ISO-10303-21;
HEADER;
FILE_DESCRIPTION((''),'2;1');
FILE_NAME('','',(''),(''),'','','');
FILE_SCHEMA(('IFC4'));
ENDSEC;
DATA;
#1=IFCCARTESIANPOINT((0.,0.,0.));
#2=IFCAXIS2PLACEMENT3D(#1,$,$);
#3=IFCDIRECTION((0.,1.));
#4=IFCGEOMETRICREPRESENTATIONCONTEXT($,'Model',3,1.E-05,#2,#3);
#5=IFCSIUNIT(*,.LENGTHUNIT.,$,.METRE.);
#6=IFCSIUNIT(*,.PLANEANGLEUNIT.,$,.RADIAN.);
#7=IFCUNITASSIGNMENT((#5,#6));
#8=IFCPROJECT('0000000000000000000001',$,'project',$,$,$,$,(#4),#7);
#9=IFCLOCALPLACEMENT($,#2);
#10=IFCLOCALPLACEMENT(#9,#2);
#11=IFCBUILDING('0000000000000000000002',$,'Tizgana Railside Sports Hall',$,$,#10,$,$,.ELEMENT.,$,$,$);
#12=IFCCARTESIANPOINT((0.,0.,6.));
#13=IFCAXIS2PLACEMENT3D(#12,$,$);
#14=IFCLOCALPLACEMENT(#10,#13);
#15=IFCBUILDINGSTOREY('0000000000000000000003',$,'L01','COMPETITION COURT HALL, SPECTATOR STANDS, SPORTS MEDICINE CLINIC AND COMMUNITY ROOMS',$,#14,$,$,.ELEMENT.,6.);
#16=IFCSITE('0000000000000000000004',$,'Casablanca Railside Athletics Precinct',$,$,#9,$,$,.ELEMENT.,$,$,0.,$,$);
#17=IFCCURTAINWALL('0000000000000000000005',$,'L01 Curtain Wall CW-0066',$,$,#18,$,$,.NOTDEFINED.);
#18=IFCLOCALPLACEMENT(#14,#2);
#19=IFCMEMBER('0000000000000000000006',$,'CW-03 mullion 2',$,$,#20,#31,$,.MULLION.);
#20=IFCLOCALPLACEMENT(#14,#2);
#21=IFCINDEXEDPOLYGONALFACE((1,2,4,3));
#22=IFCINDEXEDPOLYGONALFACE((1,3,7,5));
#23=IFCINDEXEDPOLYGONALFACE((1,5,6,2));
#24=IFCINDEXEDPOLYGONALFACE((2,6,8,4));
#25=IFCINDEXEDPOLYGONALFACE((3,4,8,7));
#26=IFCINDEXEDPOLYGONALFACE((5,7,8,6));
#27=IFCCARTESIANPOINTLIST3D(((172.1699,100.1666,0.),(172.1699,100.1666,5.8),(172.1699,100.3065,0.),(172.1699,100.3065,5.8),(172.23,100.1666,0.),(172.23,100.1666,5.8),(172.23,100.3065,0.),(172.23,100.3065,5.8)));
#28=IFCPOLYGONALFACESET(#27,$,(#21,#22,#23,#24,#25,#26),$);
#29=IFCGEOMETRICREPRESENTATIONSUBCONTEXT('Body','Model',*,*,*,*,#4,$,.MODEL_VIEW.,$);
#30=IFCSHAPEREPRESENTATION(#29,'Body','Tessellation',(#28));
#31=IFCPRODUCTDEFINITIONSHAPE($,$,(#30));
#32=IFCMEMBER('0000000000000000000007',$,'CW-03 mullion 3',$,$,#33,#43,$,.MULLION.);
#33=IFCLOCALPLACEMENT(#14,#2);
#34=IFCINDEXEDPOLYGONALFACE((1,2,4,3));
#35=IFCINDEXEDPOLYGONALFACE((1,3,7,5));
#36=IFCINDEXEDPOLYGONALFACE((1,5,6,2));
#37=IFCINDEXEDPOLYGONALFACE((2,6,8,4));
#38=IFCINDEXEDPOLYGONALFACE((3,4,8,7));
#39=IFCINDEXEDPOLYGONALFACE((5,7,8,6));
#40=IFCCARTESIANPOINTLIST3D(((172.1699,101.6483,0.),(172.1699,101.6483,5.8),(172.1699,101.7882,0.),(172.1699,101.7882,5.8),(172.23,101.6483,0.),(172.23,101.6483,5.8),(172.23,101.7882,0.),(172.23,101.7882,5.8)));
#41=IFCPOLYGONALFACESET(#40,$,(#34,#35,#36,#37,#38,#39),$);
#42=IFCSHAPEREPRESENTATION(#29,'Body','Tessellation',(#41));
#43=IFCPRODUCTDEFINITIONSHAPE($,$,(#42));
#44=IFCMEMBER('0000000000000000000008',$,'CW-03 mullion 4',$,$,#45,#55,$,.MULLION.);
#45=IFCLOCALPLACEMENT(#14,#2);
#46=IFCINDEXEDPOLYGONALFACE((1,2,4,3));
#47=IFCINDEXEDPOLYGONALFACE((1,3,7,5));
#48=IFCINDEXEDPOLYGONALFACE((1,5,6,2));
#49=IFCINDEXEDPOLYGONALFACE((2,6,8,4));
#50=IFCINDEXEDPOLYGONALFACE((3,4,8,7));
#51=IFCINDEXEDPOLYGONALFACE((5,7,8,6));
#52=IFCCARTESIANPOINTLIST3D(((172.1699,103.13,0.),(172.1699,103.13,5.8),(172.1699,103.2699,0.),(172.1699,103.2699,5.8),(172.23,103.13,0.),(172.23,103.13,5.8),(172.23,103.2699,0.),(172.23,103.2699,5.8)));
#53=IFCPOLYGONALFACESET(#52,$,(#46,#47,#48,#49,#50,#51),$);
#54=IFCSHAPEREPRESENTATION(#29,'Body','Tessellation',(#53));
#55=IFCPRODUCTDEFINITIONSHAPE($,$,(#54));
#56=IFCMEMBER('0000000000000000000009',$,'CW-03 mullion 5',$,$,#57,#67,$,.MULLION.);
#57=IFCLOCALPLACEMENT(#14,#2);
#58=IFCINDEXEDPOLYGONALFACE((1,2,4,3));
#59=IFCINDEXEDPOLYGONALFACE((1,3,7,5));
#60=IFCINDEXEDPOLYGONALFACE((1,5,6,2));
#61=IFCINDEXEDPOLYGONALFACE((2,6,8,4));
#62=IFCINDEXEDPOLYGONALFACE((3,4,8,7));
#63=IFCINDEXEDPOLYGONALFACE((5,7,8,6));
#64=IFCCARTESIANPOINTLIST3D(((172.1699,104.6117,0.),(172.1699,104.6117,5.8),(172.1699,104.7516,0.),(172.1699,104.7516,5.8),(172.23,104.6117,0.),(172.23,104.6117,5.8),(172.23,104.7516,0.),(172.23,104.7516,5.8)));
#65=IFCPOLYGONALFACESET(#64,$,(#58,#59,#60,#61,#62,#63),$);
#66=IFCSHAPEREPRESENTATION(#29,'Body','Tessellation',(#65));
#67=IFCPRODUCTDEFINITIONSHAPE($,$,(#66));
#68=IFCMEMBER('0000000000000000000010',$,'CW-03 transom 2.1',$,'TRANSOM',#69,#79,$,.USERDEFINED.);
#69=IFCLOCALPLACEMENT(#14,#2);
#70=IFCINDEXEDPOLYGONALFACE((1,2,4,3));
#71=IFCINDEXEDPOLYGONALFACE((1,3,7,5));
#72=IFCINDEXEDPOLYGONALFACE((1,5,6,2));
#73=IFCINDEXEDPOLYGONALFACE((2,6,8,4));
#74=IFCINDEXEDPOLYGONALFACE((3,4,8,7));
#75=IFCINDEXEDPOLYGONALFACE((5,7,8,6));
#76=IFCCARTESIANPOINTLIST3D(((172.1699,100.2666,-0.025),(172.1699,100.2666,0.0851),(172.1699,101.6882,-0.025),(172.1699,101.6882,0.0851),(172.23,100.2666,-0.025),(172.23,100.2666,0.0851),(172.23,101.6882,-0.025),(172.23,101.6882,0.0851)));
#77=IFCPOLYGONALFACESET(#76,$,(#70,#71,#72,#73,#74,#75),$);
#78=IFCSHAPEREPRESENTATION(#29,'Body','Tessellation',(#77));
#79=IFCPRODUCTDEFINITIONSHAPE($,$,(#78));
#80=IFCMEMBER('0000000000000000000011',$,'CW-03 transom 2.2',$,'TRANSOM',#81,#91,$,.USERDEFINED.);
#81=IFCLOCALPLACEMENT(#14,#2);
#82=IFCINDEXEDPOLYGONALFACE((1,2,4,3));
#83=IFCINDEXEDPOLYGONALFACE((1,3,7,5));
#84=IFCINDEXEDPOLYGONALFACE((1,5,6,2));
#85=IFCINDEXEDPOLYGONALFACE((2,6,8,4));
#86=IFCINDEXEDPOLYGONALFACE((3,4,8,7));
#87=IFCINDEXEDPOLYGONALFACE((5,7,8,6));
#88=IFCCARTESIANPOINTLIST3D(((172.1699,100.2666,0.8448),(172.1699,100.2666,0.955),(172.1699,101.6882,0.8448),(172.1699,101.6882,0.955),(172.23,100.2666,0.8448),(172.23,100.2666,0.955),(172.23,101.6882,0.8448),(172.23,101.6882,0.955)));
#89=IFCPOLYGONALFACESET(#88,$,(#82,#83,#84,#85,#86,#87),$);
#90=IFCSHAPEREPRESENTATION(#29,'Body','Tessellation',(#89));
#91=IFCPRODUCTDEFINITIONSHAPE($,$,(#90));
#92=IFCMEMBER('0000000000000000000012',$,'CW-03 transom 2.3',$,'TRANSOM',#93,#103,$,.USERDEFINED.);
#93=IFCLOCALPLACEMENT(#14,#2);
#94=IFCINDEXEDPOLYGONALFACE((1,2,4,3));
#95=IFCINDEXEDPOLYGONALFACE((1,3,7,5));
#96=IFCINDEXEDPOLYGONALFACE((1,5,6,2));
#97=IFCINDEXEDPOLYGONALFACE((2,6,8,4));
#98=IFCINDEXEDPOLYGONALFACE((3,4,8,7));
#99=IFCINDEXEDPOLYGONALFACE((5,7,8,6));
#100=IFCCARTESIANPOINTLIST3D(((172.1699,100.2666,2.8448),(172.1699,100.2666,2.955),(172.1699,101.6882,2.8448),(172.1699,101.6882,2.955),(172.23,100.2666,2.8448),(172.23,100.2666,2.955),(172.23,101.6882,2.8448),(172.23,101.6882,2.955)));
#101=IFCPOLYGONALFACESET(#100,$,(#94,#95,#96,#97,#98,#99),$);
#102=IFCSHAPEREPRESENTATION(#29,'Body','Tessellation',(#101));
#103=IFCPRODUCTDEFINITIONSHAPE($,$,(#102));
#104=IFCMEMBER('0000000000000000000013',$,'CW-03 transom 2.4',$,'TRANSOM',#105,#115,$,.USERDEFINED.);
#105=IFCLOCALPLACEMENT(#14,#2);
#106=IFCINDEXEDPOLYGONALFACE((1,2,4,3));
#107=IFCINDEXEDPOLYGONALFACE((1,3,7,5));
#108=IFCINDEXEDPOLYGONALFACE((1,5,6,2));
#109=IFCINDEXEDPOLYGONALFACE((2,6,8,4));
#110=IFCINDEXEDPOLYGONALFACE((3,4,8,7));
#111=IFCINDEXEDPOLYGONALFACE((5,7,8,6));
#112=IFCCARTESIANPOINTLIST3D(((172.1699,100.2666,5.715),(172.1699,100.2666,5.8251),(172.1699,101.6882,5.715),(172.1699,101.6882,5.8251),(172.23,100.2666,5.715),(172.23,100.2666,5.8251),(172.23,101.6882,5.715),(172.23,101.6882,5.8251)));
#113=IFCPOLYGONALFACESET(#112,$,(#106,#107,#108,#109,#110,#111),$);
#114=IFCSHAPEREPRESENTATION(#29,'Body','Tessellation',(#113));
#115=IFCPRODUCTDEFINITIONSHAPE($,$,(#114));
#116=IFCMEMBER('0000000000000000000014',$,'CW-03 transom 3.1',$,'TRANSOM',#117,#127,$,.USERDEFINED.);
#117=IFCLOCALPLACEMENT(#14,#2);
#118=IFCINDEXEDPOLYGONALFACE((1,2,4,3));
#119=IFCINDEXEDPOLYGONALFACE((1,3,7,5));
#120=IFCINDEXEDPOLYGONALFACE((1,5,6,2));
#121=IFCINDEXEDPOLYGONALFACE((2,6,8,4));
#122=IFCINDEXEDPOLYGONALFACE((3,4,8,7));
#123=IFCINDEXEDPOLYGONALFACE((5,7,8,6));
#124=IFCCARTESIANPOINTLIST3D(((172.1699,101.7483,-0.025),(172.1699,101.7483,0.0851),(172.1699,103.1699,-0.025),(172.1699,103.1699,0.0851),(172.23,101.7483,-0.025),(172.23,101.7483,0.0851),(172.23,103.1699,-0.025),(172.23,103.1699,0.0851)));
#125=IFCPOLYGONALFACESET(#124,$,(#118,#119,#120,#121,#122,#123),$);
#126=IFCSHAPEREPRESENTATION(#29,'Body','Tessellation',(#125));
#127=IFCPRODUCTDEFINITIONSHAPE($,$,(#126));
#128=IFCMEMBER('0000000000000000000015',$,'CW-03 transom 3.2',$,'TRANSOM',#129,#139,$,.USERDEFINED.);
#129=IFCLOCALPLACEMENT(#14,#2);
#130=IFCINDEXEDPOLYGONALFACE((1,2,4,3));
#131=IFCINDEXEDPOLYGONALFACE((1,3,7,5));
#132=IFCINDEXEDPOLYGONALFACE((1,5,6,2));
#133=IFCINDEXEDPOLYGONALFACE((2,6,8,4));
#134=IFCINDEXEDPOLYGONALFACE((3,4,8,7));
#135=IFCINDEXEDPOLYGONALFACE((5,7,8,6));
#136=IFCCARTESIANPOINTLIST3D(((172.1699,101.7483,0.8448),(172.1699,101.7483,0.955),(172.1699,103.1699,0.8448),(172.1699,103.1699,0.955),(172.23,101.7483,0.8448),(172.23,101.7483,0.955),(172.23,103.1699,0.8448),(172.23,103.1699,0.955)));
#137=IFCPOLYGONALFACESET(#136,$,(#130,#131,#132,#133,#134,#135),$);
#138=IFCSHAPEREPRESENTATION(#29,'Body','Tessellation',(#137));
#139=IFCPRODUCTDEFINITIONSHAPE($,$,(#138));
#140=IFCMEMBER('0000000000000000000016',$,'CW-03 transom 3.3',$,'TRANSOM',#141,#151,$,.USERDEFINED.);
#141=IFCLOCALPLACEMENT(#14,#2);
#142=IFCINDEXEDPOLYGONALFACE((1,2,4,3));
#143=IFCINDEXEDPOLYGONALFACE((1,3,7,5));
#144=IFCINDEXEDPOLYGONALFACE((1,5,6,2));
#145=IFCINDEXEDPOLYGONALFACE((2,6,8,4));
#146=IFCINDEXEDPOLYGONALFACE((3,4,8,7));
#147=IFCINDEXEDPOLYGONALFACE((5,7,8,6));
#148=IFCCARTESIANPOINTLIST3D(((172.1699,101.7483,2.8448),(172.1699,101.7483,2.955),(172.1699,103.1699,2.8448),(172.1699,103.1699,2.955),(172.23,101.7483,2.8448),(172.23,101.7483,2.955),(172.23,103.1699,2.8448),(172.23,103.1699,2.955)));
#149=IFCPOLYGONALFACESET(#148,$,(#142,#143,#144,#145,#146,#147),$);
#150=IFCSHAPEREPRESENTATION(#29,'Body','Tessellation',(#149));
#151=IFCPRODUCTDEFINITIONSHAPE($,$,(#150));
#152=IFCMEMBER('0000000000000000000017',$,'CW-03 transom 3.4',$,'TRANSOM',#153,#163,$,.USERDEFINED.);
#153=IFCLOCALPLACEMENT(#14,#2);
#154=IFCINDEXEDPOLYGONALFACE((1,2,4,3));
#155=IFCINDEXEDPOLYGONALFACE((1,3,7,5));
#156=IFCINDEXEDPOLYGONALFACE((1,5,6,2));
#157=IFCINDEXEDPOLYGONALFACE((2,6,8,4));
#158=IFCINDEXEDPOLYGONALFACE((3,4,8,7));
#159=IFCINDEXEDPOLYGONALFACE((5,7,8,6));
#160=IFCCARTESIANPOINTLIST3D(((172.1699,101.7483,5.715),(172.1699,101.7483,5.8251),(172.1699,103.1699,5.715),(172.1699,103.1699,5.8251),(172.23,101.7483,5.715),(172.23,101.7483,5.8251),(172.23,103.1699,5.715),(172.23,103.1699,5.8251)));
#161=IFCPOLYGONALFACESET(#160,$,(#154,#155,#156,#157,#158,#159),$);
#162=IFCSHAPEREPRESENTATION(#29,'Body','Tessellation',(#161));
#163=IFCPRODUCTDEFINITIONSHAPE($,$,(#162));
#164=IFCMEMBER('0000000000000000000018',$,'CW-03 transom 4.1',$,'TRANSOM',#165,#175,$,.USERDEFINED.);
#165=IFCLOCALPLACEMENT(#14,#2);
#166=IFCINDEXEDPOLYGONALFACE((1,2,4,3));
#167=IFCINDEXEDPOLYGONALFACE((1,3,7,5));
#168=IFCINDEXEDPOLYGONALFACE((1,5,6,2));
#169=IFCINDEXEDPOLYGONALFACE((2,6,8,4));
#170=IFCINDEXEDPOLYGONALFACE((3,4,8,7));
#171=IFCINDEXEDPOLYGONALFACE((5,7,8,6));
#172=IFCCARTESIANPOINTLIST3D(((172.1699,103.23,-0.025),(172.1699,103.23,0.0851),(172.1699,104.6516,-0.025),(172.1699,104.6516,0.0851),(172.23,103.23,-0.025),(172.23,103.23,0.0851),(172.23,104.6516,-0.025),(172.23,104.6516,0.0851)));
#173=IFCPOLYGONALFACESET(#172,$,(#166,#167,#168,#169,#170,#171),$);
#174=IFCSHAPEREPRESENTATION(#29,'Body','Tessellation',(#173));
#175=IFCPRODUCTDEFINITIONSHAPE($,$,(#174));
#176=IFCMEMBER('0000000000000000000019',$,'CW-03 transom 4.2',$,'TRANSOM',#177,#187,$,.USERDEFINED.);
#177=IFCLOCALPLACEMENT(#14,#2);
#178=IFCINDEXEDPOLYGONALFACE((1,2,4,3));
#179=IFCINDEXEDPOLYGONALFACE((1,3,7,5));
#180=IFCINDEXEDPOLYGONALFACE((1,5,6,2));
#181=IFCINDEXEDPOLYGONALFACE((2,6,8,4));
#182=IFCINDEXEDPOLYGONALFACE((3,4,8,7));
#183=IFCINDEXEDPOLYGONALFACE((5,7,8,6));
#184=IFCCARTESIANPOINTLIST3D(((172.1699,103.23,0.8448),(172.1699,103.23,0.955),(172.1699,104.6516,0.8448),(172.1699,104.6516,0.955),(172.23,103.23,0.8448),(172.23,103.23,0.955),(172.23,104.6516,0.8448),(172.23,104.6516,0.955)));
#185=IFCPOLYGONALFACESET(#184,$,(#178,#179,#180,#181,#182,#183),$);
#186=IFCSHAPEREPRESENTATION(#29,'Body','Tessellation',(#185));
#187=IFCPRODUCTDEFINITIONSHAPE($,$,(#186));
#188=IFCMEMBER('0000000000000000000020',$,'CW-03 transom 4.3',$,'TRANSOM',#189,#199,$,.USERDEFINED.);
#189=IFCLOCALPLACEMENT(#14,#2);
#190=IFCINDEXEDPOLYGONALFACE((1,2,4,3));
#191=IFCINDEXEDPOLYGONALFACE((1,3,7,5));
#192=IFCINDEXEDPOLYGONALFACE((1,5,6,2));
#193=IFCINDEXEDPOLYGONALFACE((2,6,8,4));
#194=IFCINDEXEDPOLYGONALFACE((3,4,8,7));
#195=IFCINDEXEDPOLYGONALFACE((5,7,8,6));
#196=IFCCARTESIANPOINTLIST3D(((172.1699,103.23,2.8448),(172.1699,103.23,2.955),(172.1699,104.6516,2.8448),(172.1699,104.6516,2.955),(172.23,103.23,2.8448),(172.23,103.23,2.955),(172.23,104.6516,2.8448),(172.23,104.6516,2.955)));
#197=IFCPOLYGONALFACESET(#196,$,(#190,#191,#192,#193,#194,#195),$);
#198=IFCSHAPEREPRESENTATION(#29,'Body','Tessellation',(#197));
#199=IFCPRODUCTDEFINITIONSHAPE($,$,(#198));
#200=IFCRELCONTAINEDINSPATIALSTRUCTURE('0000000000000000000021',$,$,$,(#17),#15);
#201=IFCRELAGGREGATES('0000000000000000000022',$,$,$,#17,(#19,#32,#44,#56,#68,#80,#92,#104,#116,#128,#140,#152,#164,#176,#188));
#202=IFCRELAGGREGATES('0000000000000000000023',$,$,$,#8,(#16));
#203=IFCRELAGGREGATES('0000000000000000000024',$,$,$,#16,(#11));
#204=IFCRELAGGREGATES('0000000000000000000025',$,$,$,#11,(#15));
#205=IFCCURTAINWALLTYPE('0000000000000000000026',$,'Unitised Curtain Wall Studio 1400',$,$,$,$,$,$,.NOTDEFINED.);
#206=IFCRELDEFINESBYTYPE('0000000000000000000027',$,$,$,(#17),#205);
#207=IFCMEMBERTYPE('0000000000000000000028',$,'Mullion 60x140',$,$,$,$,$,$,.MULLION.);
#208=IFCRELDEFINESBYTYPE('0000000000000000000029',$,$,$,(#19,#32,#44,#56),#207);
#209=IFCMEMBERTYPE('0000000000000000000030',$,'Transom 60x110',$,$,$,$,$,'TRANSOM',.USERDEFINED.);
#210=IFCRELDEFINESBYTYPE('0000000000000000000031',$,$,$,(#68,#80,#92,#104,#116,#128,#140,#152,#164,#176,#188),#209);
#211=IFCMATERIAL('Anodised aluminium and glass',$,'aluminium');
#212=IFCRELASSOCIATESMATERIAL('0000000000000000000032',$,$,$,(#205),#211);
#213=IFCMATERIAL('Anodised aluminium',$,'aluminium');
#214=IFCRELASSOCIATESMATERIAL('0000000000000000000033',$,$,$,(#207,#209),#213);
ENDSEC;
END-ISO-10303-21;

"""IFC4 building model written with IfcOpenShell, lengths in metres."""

from ifc_helpers import new_model, si_unit, direction, frame, origin, origin_2d, place, context, subcontext, project, spatial, rectangle, extrude, material, material_profile, profile_set, type_object, element, aggregate, save


model = new_model("IFC4")

# Units and contexts
model_context = context("Model", 3, precision=1e-05, world=origin(), true_north=direction((0.0, 1.0)))
body_context = subcontext(model_context, "Body", "Model", "MODEL_VIEW")
ifc_project = project(units=[si_unit("LENGTHUNIT", "METRE"), si_unit("PLANEANGLEUNIT", "RADIAN")], contexts=[model_context])

# Site, building, storey
site_placement = place(None, origin())
site = spatial("IfcSite", under=ifc_project, at=site_placement, Name="Casablanca Railside Athletics Precinct", CompositionType="ELEMENT", RefElevation=0.0)
building_placement = place(site_placement, origin())
building = spatial("IfcBuilding", under=site, at=building_placement, Name="Tizgana Railside Sports Hall", CompositionType="ELEMENT")
storey_placement = place(building_placement, frame((0.0, 0.0, 6.0)))
storey = spatial("IfcBuildingStorey", under=building, at=storey_placement, Name="L01", Description="COMPETITION COURT HALL, SPECTATOR STANDS, SPORTS MEDICINE CLINIC AND COMMUNITY ROOMS", CompositionType="ELEMENT", Elevation=6.0)

# Curtain wall, members
ifc_material_1 = material(Name="Anodised aluminium and glass", Category="aluminium")
curtain_wall_type = type_object("IfcCurtainWallType", Name="Unitised Curtain Wall Studio 1400", PredefinedType="NOTDEFINED", material=ifc_material_1)
curtain_wall_placement = place(storey_placement, origin())
curtain_wall = element("IfcCurtainWall", 1, at=curtain_wall_placement, inside=storey, type_object=curtain_wall_type, Name="L01 Curtain Wall CW-0066", PredefinedType="NOTDEFINED")
ifc_material_2 = material(Name="Anodised aluminium", Category="aluminium")
ifc_material_profile_1 = material_profile(ifc_material_2, rectangle(XDim=0.0601, YDim=0.1399, at=origin_2d()), Name="Mullion 60x140")
ifc_profile_set_1 = profile_set([ifc_material_profile_1], Name="Anodised aluminium")
member_type_1 = type_object("IfcMemberType", Name="Mullion 60x140", PredefinedType="MULLION", material=ifc_profile_set_1)
member_1_placement = place(storey_placement, frame((172.2, 100.2366, 0.0), z_axis=(0.0, 0.0, 1.0), x_axis=(-1.0, 0.0, 0.0)))
member_1 = element("IfcMember", 2, at=member_1_placement, type_object=member_type_1, Name="CW-03 mullion 2", PredefinedType="MULLION", context=body_context, shape_type="SweptSolid", body=[
    extrude(rectangle(XDim=0.0601, YDim=0.1399, at=origin_2d()), origin(), (0.0, 0.0, 1.0), 5.8),
])
member_2_placement = place(storey_placement, frame((172.2, 101.7183, 0.0), z_axis=(0.0, 0.0, 1.0), x_axis=(-1.0, 0.0, 0.0)))
member_2 = element("IfcMember", 3, at=member_2_placement, type_object=member_type_1, Name="CW-03 mullion 3", PredefinedType="MULLION", context=body_context, shape_type="SweptSolid", body=[
    extrude(rectangle(XDim=0.0601, YDim=0.1399, at=origin_2d()), origin(), (0.0, 0.0, 1.0), 5.8),
])
member_3_placement = place(storey_placement, frame((172.2, 103.2, 0.0), z_axis=(0.0, 0.0, 1.0), x_axis=(-1.0, 0.0, 0.0)))
member_3 = element("IfcMember", 4, at=member_3_placement, type_object=member_type_1, Name="CW-03 mullion 4", PredefinedType="MULLION", context=body_context, shape_type="SweptSolid", body=[
    extrude(rectangle(XDim=0.0601, YDim=0.1399, at=origin_2d()), origin(), (0.0, 0.0, 1.0), 5.8),
])
member_4_placement = place(storey_placement, frame((172.2, 104.6816, 0.0), z_axis=(0.0, 0.0, 1.0), x_axis=(-1.0, 0.0, 0.0)))
member_4 = element("IfcMember", 5, at=member_4_placement, type_object=member_type_1, Name="CW-03 mullion 5", PredefinedType="MULLION", context=body_context, shape_type="SweptSolid", body=[
    extrude(rectangle(XDim=0.0601, YDim=0.1399, at=origin_2d()), origin(), (0.0, 0.0, 1.0), 5.8),
])
ifc_material_profile_2 = material_profile(ifc_material_2, rectangle(XDim=0.0601, YDim=0.1101, at=origin_2d()), Name="Transom 60x110")
ifc_profile_set_2 = profile_set([ifc_material_profile_2], Name="Anodised aluminium")
member_type_2 = type_object("IfcMemberType", Name="Transom 60x110", ElementType="TRANSOM", PredefinedType="USERDEFINED", material=ifc_profile_set_2)
member_5_placement = place(storey_placement, frame((172.2, 100.2666, 0.03), z_axis=(0.0, 1.0, 0.0), x_axis=(-1.0, 0.0, 0.0)))
member_5 = element("IfcMember", 6, at=member_5_placement, type_object=member_type_2, Name="CW-03 transom 2.1", ObjectType="TRANSOM", PredefinedType="USERDEFINED", context=body_context, shape_type="SweptSolid", body=[
    extrude(rectangle(XDim=0.0601, YDim=0.1101, at=origin_2d()), origin(), (0.0, 0.0, 1.0), 1.4216),
])
member_6_placement = place(storey_placement, frame((172.2, 100.2666, 0.8999), z_axis=(0.0, 1.0, 0.0), x_axis=(-1.0, 0.0, 0.0)))
member_6 = element("IfcMember", 7, at=member_6_placement, type_object=member_type_2, Name="CW-03 transom 2.2", ObjectType="TRANSOM", PredefinedType="USERDEFINED", context=body_context, shape_type="SweptSolid", body=[
    extrude(rectangle(XDim=0.0601, YDim=0.1101, at=origin_2d()), origin(), (0.0, 0.0, 1.0), 1.4216),
])
member_7_placement = place(storey_placement, frame((172.2, 100.2666, 2.8999), z_axis=(0.0, 1.0, 0.0), x_axis=(-1.0, 0.0, 0.0)))
member_7 = element("IfcMember", 8, at=member_7_placement, type_object=member_type_2, Name="CW-03 transom 2.3", ObjectType="TRANSOM", PredefinedType="USERDEFINED", context=body_context, shape_type="SweptSolid", body=[
    extrude(rectangle(XDim=0.0601, YDim=0.1101, at=origin_2d()), origin(), (0.0, 0.0, 1.0), 1.4216),
])
member_8_placement = place(storey_placement, frame((172.2, 100.2666, 5.77), z_axis=(0.0, 1.0, 0.0), x_axis=(-1.0, 0.0, 0.0)))
member_8 = element("IfcMember", 9, at=member_8_placement, type_object=member_type_2, Name="CW-03 transom 2.4", ObjectType="TRANSOM", PredefinedType="USERDEFINED", context=body_context, shape_type="SweptSolid", body=[
    extrude(rectangle(XDim=0.0601, YDim=0.1101, at=origin_2d()), origin(), (0.0, 0.0, 1.0), 1.4216),
])
member_9_placement = place(storey_placement, frame((172.2, 101.7483, 0.03), z_axis=(0.0, 1.0, 0.0), x_axis=(-1.0, 0.0, 0.0)))
member_9 = element("IfcMember", 10, at=member_9_placement, type_object=member_type_2, Name="CW-03 transom 3.1", ObjectType="TRANSOM", PredefinedType="USERDEFINED", context=body_context, shape_type="SweptSolid", body=[
    extrude(rectangle(XDim=0.0601, YDim=0.1101, at=origin_2d()), origin(), (0.0, 0.0, 1.0), 1.4216),
])
member_10_placement = place(storey_placement, frame((172.2, 101.7483, 0.8999), z_axis=(0.0, 1.0, 0.0), x_axis=(-1.0, 0.0, 0.0)))
member_10 = element("IfcMember", 11, at=member_10_placement, type_object=member_type_2, Name="CW-03 transom 3.2", ObjectType="TRANSOM", PredefinedType="USERDEFINED", context=body_context, shape_type="SweptSolid", body=[
    extrude(rectangle(XDim=0.0601, YDim=0.1101, at=origin_2d()), origin(), (0.0, 0.0, 1.0), 1.4216),
])
member_11_placement = place(storey_placement, frame((172.2, 101.7483, 2.8999), z_axis=(0.0, 1.0, 0.0), x_axis=(-1.0, 0.0, 0.0)))
member_11 = element("IfcMember", 12, at=member_11_placement, type_object=member_type_2, Name="CW-03 transom 3.3", ObjectType="TRANSOM", PredefinedType="USERDEFINED", context=body_context, shape_type="SweptSolid", body=[
    extrude(rectangle(XDim=0.0601, YDim=0.1101, at=origin_2d()), origin(), (0.0, 0.0, 1.0), 1.4216),
])
member_12_placement = place(storey_placement, frame((172.2, 101.7483, 5.77), z_axis=(0.0, 1.0, 0.0), x_axis=(-1.0, 0.0, 0.0)))
member_12 = element("IfcMember", 13, at=member_12_placement, type_object=member_type_2, Name="CW-03 transom 3.4", ObjectType="TRANSOM", PredefinedType="USERDEFINED", context=body_context, shape_type="SweptSolid", body=[
    extrude(rectangle(XDim=0.0601, YDim=0.1101, at=origin_2d()), origin(), (0.0, 0.0, 1.0), 1.4216),
])
member_13_placement = place(storey_placement, frame((172.2, 103.23, 0.03), z_axis=(0.0, 1.0, 0.0), x_axis=(-1.0, 0.0, 0.0)))
member_13 = element("IfcMember", 14, at=member_13_placement, type_object=member_type_2, Name="CW-03 transom 4.1", ObjectType="TRANSOM", PredefinedType="USERDEFINED", context=body_context, shape_type="SweptSolid", body=[
    extrude(rectangle(XDim=0.0601, YDim=0.1101, at=origin_2d()), origin(), (0.0, 0.0, 1.0), 1.4216),
])
member_14_placement = place(storey_placement, frame((172.2, 103.23, 0.8999), z_axis=(0.0, 1.0, 0.0), x_axis=(-1.0, 0.0, 0.0)))
member_14 = element("IfcMember", 15, at=member_14_placement, type_object=member_type_2, Name="CW-03 transom 4.2", ObjectType="TRANSOM", PredefinedType="USERDEFINED", context=body_context, shape_type="SweptSolid", body=[
    extrude(rectangle(XDim=0.0601, YDim=0.1101, at=origin_2d()), origin(), (0.0, 0.0, 1.0), 1.4216),
])
member_15_placement = place(storey_placement, frame((172.2, 103.23, 2.8999), z_axis=(0.0, 1.0, 0.0), x_axis=(-1.0, 0.0, 0.0)))
member_15 = element("IfcMember", 16, at=member_15_placement, type_object=member_type_2, Name="CW-03 transom 4.3", ObjectType="TRANSOM", PredefinedType="USERDEFINED", context=body_context, shape_type="SweptSolid", body=[
    extrude(rectangle(XDim=0.0601, YDim=0.1101, at=origin_2d()), origin(), (0.0, 0.0, 1.0), 1.4216),
])
aggregate(curtain_wall, [member_1, member_2, member_3, member_4, member_5, member_6, member_7, member_8, member_9, member_10, member_11, member_12, member_13, member_14, member_15])

save(model, "model.ifc")
